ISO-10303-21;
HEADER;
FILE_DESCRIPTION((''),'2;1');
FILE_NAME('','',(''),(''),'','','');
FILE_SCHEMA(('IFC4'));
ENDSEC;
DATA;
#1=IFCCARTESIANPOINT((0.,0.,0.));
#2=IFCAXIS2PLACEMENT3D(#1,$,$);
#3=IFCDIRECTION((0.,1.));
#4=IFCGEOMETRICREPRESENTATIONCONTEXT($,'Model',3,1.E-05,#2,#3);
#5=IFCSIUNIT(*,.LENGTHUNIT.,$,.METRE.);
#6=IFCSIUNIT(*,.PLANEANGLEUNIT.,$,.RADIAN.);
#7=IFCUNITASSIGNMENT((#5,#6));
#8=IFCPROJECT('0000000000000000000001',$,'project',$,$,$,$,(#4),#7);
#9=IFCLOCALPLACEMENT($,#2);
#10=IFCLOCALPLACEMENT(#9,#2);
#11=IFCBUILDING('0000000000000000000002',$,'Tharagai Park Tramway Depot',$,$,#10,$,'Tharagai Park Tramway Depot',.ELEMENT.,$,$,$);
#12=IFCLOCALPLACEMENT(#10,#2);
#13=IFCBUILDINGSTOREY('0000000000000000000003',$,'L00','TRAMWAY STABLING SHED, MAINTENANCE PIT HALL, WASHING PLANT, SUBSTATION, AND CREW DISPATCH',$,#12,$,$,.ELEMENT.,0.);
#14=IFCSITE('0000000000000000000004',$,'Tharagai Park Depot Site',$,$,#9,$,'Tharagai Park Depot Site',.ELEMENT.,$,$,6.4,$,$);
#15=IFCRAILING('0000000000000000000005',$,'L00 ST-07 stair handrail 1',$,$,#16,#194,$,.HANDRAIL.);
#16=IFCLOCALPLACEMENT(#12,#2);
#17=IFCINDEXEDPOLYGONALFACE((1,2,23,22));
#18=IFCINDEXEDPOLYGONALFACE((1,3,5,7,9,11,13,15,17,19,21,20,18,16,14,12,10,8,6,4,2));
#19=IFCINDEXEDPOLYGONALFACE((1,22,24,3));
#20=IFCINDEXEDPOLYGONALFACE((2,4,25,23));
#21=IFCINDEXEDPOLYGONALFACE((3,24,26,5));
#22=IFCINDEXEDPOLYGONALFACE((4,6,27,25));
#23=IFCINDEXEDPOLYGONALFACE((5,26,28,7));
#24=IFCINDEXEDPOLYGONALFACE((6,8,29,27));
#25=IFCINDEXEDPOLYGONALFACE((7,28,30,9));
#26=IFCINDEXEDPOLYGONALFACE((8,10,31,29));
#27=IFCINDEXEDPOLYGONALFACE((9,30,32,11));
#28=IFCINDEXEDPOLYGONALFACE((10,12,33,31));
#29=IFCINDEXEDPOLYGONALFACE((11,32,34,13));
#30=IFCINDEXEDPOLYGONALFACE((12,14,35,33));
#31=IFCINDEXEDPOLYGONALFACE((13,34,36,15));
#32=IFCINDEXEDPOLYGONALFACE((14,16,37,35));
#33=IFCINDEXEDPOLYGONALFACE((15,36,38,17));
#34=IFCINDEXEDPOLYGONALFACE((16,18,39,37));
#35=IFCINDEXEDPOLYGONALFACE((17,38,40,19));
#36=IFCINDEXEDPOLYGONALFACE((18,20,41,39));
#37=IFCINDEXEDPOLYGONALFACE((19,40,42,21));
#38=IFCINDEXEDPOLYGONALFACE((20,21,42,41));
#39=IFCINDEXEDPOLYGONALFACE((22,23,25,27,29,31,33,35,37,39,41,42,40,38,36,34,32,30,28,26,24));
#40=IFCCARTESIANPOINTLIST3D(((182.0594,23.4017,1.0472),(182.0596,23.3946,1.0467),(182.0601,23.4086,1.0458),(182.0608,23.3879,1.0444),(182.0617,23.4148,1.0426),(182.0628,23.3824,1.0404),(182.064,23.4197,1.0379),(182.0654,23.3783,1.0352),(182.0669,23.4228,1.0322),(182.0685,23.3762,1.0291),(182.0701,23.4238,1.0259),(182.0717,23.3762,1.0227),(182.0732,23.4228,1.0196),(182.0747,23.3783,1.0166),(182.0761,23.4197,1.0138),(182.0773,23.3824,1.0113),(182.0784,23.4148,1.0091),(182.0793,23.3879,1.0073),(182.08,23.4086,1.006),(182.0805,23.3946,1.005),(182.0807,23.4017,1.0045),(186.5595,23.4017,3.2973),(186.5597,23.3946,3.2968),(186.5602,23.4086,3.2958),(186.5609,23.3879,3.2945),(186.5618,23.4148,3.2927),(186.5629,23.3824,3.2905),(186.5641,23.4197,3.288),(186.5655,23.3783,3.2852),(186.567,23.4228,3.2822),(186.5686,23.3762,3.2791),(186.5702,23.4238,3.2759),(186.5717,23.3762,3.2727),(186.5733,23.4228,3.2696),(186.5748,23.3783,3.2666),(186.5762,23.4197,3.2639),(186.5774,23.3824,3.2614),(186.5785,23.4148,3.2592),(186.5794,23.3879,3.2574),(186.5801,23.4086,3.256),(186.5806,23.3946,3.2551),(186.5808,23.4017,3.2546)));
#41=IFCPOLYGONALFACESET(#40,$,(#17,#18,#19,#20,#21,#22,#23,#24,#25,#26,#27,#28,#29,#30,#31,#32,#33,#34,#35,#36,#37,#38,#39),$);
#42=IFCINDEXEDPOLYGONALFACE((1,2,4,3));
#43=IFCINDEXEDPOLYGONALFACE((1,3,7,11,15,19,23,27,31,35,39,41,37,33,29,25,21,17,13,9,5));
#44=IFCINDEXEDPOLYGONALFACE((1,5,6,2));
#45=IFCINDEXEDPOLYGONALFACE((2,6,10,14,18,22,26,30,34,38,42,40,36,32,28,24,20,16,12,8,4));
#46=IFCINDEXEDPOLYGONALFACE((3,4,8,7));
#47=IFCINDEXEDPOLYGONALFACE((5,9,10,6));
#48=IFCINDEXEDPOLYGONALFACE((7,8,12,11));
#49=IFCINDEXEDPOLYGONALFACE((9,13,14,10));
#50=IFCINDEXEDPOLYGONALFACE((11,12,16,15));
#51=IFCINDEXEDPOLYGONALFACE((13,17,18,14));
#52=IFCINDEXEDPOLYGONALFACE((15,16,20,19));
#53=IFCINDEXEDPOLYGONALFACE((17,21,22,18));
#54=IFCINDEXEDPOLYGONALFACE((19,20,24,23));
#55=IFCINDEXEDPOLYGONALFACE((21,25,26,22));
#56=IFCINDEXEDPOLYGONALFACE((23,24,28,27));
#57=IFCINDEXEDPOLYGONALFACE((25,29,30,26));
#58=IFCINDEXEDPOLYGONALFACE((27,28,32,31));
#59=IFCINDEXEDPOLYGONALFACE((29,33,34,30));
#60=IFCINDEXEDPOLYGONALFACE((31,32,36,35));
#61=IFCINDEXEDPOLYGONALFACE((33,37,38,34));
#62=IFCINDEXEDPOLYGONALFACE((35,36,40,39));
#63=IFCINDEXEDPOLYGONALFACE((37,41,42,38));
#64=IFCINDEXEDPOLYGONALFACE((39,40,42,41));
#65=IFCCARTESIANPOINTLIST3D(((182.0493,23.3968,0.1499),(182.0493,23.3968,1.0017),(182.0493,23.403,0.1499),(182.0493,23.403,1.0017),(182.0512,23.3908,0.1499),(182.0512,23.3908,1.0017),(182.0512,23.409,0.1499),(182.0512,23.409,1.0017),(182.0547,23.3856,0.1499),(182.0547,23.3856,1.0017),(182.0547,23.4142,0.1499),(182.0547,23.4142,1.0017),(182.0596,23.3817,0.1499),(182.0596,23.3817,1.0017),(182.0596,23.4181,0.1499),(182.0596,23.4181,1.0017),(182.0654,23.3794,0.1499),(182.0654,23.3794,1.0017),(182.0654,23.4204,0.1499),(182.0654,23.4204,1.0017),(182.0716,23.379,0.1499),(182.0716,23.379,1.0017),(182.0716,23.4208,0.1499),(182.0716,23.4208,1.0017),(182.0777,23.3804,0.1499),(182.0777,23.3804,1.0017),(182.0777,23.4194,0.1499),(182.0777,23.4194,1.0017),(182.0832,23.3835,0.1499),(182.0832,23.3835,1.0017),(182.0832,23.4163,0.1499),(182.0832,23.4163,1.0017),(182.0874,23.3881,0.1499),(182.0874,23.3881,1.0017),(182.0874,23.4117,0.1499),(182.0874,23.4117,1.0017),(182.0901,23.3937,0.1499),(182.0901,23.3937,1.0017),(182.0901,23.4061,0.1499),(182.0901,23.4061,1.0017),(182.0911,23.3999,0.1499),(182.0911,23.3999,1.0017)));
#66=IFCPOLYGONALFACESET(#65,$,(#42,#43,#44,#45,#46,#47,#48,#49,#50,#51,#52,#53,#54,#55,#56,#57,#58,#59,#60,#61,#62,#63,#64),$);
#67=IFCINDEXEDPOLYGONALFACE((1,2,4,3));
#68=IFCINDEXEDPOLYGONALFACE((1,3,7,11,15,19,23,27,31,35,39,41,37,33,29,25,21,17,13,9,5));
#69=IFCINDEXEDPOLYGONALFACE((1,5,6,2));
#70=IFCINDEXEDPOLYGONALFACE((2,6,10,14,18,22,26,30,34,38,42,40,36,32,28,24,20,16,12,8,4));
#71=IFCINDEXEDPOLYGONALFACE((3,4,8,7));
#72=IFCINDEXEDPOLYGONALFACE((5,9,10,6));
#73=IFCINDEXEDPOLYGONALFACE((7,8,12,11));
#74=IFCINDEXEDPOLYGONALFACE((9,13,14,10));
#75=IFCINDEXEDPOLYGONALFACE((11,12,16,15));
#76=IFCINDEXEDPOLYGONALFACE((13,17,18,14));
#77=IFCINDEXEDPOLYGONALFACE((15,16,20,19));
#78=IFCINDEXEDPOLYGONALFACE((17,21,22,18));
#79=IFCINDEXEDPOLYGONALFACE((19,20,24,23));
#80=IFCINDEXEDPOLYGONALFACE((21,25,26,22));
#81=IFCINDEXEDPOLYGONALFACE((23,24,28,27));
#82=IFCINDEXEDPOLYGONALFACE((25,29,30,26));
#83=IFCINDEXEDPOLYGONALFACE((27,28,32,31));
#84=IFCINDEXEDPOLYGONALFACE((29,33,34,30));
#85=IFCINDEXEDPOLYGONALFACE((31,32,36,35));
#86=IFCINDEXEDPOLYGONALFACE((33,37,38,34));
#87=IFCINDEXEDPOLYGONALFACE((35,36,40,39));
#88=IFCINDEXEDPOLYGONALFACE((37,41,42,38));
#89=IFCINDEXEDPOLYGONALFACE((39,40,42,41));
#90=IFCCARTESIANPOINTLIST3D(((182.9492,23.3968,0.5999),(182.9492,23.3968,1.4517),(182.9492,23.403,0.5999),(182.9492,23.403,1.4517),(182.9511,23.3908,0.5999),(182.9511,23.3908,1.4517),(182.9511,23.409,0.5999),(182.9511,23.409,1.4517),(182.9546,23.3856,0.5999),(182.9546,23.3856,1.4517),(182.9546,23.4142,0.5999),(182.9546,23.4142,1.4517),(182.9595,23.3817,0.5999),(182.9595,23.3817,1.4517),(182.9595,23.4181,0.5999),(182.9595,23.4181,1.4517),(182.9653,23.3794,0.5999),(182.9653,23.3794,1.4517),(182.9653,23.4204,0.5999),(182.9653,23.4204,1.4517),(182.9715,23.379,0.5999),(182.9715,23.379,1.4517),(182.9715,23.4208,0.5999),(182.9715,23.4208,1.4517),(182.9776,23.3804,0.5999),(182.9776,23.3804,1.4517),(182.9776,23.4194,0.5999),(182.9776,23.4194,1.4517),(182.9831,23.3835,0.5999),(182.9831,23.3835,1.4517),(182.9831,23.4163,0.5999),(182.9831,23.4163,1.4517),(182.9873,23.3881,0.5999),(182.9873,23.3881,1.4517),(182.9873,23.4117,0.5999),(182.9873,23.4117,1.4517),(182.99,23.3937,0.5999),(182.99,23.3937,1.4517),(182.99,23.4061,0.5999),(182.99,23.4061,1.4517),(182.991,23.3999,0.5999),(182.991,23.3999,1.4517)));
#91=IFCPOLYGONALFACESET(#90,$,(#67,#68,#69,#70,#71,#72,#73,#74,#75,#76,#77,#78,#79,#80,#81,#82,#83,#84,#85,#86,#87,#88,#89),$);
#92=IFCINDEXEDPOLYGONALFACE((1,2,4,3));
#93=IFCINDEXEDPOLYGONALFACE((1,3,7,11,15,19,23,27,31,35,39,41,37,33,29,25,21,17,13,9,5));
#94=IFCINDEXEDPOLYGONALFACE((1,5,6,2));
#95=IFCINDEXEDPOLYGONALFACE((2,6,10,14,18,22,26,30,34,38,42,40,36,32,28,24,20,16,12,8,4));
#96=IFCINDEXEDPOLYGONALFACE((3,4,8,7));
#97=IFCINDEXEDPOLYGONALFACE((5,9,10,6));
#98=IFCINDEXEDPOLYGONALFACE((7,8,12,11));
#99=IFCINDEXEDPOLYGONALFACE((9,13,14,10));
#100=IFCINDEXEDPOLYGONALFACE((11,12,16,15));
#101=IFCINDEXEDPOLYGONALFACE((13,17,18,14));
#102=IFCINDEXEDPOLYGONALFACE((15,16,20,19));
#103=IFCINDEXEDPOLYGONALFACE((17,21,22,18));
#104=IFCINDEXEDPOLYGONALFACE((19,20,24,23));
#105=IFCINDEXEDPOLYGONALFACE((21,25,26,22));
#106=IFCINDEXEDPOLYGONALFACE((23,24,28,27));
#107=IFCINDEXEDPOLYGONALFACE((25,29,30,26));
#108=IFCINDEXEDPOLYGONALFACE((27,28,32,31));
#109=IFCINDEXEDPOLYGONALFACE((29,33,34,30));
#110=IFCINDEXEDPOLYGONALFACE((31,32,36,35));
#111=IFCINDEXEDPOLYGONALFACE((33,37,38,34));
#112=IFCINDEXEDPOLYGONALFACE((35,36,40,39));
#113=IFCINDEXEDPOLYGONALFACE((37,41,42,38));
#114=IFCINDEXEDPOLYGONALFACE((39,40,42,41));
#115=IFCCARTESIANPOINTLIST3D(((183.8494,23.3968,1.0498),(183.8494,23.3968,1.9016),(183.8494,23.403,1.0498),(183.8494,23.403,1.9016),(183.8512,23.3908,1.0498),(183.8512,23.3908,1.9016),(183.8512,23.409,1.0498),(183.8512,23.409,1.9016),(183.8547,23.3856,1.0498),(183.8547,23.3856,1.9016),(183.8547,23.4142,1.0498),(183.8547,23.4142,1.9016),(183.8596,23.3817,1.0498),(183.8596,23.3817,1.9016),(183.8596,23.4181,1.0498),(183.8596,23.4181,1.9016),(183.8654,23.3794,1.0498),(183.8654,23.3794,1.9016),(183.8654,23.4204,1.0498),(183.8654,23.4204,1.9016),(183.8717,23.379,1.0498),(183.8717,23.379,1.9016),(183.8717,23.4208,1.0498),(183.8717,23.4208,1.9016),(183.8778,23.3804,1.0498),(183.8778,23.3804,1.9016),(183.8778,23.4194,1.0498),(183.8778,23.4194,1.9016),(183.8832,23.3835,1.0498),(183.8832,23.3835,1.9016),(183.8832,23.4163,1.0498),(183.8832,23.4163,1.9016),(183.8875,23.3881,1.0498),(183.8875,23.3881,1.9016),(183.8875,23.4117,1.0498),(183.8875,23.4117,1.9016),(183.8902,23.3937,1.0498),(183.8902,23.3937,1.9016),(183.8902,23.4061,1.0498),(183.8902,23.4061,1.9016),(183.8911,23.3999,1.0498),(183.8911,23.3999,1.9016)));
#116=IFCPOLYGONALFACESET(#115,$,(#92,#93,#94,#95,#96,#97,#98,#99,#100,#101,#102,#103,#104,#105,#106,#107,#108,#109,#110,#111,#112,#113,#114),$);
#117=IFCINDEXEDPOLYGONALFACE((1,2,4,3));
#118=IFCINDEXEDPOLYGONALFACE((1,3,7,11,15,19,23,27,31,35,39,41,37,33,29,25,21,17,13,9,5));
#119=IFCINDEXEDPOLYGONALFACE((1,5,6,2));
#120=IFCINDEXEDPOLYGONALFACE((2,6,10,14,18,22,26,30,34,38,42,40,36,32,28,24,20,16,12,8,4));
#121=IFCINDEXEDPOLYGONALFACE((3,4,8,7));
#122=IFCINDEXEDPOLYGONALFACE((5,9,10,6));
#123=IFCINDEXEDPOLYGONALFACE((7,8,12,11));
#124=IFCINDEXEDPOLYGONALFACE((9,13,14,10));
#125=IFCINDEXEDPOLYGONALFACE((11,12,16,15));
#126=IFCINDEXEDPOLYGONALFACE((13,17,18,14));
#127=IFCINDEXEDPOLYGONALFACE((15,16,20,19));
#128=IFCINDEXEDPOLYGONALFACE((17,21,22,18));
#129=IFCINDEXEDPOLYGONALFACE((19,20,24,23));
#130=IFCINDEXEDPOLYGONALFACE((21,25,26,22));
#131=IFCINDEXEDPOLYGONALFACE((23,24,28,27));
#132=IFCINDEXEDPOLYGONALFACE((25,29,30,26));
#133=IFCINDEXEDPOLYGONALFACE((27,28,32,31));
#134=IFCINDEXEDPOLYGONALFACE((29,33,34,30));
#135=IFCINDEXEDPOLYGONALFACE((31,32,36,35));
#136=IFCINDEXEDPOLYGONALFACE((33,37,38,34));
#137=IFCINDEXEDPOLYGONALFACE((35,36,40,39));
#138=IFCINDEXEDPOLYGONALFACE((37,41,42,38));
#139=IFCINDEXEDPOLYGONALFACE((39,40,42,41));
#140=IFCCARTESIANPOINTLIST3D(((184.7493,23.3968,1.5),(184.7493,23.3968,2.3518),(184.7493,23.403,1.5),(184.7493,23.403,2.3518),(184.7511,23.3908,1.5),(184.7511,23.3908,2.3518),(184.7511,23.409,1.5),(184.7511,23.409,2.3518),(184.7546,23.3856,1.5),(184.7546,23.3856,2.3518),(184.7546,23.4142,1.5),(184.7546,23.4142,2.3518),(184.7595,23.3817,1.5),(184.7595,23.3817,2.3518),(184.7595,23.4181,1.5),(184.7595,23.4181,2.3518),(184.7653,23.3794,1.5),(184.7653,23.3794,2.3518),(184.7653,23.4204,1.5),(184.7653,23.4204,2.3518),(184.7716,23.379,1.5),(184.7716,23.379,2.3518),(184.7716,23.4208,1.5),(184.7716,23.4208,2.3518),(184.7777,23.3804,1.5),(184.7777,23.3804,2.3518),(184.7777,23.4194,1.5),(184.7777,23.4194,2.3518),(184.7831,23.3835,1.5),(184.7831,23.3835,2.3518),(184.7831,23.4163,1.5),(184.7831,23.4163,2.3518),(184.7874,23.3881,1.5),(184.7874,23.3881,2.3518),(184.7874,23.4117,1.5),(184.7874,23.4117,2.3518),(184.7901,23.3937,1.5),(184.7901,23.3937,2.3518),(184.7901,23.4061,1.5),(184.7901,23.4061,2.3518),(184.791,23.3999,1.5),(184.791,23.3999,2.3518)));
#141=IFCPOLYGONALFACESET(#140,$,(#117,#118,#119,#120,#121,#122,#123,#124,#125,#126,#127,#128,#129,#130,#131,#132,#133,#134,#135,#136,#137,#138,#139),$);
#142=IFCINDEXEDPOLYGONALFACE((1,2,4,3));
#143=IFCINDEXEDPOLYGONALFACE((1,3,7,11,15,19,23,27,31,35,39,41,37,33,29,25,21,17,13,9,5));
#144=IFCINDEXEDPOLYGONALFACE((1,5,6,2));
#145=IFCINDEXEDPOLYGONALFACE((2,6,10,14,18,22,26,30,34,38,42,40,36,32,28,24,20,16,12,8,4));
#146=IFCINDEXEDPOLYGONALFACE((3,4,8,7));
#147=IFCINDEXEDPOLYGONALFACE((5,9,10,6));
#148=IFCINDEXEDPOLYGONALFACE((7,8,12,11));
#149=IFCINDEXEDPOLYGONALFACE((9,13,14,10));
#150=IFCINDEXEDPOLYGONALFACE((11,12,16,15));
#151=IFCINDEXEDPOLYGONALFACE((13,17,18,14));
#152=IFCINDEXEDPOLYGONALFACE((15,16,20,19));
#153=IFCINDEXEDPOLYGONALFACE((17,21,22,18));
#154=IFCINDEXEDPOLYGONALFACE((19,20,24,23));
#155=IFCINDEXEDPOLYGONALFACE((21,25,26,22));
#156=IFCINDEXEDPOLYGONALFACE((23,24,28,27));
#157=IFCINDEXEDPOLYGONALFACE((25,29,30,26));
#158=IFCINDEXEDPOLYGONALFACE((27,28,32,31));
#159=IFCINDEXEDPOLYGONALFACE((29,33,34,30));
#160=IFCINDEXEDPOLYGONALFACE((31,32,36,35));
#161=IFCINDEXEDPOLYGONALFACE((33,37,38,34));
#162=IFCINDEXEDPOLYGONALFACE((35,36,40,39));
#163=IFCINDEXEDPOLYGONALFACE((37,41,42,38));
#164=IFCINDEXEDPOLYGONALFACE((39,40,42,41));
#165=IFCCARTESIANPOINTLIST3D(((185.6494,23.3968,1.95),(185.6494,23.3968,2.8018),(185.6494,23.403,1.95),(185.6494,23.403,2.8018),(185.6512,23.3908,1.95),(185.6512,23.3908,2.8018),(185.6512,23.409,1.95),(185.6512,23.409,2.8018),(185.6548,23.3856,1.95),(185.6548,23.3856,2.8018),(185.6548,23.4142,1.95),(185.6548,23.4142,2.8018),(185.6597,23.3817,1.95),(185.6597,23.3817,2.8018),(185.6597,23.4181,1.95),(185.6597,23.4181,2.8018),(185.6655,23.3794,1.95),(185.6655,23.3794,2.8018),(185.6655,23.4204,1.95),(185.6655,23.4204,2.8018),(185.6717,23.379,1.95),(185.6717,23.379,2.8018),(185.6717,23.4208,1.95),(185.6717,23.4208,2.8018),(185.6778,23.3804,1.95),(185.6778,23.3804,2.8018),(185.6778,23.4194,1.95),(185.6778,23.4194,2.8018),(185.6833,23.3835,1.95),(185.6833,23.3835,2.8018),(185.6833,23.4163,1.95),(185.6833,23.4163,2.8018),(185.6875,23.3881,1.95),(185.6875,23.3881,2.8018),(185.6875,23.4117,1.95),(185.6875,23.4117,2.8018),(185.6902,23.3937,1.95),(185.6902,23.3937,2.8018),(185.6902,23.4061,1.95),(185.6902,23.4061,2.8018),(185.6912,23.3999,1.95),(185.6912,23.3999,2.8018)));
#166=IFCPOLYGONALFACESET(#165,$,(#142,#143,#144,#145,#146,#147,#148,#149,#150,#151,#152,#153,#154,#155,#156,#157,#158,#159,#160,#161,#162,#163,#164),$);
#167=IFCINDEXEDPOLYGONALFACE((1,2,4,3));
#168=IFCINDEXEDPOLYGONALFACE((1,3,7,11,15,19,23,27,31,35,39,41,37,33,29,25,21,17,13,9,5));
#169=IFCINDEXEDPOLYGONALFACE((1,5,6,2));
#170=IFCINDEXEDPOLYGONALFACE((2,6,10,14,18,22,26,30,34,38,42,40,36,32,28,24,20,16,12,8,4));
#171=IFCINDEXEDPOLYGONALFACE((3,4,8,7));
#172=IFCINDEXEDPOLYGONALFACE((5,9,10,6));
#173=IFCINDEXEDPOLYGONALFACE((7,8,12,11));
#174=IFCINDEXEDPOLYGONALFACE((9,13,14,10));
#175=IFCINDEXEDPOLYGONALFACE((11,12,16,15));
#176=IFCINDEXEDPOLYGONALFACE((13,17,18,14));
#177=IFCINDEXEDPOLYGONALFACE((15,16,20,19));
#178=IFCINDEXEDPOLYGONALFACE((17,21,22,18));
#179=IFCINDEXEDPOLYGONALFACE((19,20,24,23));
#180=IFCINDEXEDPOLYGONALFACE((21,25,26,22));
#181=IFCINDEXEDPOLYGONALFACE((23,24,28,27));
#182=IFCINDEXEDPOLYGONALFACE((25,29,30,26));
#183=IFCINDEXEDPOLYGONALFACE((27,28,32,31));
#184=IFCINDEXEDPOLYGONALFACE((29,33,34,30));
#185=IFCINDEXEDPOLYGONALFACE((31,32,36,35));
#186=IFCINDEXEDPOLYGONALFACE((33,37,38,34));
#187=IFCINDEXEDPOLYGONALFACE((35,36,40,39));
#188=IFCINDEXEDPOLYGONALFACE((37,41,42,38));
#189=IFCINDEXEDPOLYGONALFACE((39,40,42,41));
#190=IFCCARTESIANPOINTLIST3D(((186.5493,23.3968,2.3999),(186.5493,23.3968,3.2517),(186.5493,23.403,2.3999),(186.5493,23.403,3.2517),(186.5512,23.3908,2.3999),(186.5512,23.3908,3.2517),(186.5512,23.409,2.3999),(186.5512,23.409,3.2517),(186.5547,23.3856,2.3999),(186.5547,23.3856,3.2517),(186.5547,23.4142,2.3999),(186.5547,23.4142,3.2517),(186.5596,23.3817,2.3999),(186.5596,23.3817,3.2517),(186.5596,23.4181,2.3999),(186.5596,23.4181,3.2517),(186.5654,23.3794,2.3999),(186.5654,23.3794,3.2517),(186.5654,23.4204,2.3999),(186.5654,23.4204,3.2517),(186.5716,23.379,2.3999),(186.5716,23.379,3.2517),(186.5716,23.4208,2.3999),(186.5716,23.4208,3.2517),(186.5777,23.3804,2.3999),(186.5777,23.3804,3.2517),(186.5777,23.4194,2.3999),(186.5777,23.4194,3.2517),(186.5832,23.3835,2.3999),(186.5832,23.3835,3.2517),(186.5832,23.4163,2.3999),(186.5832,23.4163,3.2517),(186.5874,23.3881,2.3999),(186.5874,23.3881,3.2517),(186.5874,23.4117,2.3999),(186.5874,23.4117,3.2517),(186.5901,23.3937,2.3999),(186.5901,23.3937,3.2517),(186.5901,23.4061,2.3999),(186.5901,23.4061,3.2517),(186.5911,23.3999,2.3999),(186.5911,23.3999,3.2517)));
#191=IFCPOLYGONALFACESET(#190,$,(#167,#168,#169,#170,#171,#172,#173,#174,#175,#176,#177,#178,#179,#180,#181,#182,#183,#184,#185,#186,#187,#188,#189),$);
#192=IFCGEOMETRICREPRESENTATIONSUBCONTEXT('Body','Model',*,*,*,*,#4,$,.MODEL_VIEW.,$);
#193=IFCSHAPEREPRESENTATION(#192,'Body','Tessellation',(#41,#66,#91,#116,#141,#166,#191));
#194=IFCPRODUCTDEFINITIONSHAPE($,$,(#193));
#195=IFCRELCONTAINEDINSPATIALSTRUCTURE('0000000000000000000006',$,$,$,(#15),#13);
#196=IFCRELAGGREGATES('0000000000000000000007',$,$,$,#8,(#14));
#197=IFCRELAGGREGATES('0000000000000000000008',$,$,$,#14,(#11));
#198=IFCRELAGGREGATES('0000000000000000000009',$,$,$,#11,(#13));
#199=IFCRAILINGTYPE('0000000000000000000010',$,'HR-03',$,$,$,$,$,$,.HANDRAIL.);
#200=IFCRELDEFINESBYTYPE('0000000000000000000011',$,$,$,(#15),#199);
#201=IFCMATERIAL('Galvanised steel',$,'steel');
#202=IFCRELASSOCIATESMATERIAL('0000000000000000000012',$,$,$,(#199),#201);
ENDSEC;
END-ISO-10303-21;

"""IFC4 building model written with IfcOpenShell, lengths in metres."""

from ifc_helpers import new_model, si_unit, direction, frame, origin, origin_2d, place, context, subcontext, project, spatial, circle, extrude, material, type_object, element, save


model = new_model("IFC4")

# Units and contexts
model_context = context("Model", 3, precision=1e-05, world=origin(), true_north=direction((0.0, 1.0)))
body_context = subcontext(model_context, "Body", "Model", "MODEL_VIEW")
ifc_project = project(units=[si_unit("LENGTHUNIT", "METRE"), si_unit("PLANEANGLEUNIT", "RADIAN")], contexts=[model_context])

# Site, building, storey
site_placement = place(None, origin())
site = spatial("IfcSite", under=ifc_project, at=site_placement, Name="Tharagai Park Depot Site", LongName="Tharagai Park Depot Site", CompositionType="ELEMENT", RefElevation=6.4)
building_placement = place(site_placement, origin())
building = spatial("IfcBuilding", under=site, at=building_placement, Name="Tharagai Park Tramway Depot", LongName="Tharagai Park Tramway Depot", CompositionType="ELEMENT")
storey_placement = place(building_placement, origin())
storey = spatial("IfcBuildingStorey", under=building, at=storey_placement, Name="L00", Description="TRAMWAY STABLING SHED, MAINTENANCE PIT HALL, WASHING PLANT, SUBSTATION, AND CREW DISPATCH", CompositionType="ELEMENT", Elevation=0.0)

# Railing
ifc_material_1 = material(Name="Galvanised steel", Category="steel")
railing_type_1 = type_object("IfcRailingType", Name="HR-03", PredefinedType="HANDRAIL", material=ifc_material_1)
railing_1_placement = place(storey_placement, frame((182.0701, 23.3999, 0.1499)))
element("IfcRailing", 1, at=railing_1_placement, inside=storey, type_object=railing_type_1, Name="L00 ST-07 stair handrail 1", PredefinedType="HANDRAIL", context=body_context, shape_type="SweptSolid", body=[
    extrude(circle(Radius=0.0239, at=origin_2d()), frame((0.0, 0.0, 0.876), z_axis=(0.894427, 0.0, 0.447214), x_axis=(0.0, 1.0, 0.0)), (0.0, 0.0, 1.0), 5.0312),
    extrude(circle(Radius=0.021, at=origin_2d()), origin(), (0.0, 0.0, 1.0), 0.8518),
    extrude(circle(Radius=0.021, at=origin_2d()), frame((0.8999, 0.0, 0.45)), (0.0, 0.0, 1.0), 0.8518),
    extrude(circle(Radius=0.021, at=origin_2d()), frame((1.8, 0.0, 0.8999)), (0.0, 0.0, 1.0), 0.8518),
    extrude(circle(Radius=0.021, at=origin_2d()), frame((2.7, 0.0, 1.3501)), (0.0, 0.0, 1.0), 0.8518),
    extrude(circle(Radius=0.021, at=origin_2d()), frame((3.6001, 0.0, 1.8)), (0.0, 0.0, 1.0), 0.8518),
    extrude(circle(Radius=0.021, at=origin_2d()), frame((4.5, 0.0, 2.25)), (0.0, 0.0, 1.0), 0.8518),
])

save(model, "model.ifc")
